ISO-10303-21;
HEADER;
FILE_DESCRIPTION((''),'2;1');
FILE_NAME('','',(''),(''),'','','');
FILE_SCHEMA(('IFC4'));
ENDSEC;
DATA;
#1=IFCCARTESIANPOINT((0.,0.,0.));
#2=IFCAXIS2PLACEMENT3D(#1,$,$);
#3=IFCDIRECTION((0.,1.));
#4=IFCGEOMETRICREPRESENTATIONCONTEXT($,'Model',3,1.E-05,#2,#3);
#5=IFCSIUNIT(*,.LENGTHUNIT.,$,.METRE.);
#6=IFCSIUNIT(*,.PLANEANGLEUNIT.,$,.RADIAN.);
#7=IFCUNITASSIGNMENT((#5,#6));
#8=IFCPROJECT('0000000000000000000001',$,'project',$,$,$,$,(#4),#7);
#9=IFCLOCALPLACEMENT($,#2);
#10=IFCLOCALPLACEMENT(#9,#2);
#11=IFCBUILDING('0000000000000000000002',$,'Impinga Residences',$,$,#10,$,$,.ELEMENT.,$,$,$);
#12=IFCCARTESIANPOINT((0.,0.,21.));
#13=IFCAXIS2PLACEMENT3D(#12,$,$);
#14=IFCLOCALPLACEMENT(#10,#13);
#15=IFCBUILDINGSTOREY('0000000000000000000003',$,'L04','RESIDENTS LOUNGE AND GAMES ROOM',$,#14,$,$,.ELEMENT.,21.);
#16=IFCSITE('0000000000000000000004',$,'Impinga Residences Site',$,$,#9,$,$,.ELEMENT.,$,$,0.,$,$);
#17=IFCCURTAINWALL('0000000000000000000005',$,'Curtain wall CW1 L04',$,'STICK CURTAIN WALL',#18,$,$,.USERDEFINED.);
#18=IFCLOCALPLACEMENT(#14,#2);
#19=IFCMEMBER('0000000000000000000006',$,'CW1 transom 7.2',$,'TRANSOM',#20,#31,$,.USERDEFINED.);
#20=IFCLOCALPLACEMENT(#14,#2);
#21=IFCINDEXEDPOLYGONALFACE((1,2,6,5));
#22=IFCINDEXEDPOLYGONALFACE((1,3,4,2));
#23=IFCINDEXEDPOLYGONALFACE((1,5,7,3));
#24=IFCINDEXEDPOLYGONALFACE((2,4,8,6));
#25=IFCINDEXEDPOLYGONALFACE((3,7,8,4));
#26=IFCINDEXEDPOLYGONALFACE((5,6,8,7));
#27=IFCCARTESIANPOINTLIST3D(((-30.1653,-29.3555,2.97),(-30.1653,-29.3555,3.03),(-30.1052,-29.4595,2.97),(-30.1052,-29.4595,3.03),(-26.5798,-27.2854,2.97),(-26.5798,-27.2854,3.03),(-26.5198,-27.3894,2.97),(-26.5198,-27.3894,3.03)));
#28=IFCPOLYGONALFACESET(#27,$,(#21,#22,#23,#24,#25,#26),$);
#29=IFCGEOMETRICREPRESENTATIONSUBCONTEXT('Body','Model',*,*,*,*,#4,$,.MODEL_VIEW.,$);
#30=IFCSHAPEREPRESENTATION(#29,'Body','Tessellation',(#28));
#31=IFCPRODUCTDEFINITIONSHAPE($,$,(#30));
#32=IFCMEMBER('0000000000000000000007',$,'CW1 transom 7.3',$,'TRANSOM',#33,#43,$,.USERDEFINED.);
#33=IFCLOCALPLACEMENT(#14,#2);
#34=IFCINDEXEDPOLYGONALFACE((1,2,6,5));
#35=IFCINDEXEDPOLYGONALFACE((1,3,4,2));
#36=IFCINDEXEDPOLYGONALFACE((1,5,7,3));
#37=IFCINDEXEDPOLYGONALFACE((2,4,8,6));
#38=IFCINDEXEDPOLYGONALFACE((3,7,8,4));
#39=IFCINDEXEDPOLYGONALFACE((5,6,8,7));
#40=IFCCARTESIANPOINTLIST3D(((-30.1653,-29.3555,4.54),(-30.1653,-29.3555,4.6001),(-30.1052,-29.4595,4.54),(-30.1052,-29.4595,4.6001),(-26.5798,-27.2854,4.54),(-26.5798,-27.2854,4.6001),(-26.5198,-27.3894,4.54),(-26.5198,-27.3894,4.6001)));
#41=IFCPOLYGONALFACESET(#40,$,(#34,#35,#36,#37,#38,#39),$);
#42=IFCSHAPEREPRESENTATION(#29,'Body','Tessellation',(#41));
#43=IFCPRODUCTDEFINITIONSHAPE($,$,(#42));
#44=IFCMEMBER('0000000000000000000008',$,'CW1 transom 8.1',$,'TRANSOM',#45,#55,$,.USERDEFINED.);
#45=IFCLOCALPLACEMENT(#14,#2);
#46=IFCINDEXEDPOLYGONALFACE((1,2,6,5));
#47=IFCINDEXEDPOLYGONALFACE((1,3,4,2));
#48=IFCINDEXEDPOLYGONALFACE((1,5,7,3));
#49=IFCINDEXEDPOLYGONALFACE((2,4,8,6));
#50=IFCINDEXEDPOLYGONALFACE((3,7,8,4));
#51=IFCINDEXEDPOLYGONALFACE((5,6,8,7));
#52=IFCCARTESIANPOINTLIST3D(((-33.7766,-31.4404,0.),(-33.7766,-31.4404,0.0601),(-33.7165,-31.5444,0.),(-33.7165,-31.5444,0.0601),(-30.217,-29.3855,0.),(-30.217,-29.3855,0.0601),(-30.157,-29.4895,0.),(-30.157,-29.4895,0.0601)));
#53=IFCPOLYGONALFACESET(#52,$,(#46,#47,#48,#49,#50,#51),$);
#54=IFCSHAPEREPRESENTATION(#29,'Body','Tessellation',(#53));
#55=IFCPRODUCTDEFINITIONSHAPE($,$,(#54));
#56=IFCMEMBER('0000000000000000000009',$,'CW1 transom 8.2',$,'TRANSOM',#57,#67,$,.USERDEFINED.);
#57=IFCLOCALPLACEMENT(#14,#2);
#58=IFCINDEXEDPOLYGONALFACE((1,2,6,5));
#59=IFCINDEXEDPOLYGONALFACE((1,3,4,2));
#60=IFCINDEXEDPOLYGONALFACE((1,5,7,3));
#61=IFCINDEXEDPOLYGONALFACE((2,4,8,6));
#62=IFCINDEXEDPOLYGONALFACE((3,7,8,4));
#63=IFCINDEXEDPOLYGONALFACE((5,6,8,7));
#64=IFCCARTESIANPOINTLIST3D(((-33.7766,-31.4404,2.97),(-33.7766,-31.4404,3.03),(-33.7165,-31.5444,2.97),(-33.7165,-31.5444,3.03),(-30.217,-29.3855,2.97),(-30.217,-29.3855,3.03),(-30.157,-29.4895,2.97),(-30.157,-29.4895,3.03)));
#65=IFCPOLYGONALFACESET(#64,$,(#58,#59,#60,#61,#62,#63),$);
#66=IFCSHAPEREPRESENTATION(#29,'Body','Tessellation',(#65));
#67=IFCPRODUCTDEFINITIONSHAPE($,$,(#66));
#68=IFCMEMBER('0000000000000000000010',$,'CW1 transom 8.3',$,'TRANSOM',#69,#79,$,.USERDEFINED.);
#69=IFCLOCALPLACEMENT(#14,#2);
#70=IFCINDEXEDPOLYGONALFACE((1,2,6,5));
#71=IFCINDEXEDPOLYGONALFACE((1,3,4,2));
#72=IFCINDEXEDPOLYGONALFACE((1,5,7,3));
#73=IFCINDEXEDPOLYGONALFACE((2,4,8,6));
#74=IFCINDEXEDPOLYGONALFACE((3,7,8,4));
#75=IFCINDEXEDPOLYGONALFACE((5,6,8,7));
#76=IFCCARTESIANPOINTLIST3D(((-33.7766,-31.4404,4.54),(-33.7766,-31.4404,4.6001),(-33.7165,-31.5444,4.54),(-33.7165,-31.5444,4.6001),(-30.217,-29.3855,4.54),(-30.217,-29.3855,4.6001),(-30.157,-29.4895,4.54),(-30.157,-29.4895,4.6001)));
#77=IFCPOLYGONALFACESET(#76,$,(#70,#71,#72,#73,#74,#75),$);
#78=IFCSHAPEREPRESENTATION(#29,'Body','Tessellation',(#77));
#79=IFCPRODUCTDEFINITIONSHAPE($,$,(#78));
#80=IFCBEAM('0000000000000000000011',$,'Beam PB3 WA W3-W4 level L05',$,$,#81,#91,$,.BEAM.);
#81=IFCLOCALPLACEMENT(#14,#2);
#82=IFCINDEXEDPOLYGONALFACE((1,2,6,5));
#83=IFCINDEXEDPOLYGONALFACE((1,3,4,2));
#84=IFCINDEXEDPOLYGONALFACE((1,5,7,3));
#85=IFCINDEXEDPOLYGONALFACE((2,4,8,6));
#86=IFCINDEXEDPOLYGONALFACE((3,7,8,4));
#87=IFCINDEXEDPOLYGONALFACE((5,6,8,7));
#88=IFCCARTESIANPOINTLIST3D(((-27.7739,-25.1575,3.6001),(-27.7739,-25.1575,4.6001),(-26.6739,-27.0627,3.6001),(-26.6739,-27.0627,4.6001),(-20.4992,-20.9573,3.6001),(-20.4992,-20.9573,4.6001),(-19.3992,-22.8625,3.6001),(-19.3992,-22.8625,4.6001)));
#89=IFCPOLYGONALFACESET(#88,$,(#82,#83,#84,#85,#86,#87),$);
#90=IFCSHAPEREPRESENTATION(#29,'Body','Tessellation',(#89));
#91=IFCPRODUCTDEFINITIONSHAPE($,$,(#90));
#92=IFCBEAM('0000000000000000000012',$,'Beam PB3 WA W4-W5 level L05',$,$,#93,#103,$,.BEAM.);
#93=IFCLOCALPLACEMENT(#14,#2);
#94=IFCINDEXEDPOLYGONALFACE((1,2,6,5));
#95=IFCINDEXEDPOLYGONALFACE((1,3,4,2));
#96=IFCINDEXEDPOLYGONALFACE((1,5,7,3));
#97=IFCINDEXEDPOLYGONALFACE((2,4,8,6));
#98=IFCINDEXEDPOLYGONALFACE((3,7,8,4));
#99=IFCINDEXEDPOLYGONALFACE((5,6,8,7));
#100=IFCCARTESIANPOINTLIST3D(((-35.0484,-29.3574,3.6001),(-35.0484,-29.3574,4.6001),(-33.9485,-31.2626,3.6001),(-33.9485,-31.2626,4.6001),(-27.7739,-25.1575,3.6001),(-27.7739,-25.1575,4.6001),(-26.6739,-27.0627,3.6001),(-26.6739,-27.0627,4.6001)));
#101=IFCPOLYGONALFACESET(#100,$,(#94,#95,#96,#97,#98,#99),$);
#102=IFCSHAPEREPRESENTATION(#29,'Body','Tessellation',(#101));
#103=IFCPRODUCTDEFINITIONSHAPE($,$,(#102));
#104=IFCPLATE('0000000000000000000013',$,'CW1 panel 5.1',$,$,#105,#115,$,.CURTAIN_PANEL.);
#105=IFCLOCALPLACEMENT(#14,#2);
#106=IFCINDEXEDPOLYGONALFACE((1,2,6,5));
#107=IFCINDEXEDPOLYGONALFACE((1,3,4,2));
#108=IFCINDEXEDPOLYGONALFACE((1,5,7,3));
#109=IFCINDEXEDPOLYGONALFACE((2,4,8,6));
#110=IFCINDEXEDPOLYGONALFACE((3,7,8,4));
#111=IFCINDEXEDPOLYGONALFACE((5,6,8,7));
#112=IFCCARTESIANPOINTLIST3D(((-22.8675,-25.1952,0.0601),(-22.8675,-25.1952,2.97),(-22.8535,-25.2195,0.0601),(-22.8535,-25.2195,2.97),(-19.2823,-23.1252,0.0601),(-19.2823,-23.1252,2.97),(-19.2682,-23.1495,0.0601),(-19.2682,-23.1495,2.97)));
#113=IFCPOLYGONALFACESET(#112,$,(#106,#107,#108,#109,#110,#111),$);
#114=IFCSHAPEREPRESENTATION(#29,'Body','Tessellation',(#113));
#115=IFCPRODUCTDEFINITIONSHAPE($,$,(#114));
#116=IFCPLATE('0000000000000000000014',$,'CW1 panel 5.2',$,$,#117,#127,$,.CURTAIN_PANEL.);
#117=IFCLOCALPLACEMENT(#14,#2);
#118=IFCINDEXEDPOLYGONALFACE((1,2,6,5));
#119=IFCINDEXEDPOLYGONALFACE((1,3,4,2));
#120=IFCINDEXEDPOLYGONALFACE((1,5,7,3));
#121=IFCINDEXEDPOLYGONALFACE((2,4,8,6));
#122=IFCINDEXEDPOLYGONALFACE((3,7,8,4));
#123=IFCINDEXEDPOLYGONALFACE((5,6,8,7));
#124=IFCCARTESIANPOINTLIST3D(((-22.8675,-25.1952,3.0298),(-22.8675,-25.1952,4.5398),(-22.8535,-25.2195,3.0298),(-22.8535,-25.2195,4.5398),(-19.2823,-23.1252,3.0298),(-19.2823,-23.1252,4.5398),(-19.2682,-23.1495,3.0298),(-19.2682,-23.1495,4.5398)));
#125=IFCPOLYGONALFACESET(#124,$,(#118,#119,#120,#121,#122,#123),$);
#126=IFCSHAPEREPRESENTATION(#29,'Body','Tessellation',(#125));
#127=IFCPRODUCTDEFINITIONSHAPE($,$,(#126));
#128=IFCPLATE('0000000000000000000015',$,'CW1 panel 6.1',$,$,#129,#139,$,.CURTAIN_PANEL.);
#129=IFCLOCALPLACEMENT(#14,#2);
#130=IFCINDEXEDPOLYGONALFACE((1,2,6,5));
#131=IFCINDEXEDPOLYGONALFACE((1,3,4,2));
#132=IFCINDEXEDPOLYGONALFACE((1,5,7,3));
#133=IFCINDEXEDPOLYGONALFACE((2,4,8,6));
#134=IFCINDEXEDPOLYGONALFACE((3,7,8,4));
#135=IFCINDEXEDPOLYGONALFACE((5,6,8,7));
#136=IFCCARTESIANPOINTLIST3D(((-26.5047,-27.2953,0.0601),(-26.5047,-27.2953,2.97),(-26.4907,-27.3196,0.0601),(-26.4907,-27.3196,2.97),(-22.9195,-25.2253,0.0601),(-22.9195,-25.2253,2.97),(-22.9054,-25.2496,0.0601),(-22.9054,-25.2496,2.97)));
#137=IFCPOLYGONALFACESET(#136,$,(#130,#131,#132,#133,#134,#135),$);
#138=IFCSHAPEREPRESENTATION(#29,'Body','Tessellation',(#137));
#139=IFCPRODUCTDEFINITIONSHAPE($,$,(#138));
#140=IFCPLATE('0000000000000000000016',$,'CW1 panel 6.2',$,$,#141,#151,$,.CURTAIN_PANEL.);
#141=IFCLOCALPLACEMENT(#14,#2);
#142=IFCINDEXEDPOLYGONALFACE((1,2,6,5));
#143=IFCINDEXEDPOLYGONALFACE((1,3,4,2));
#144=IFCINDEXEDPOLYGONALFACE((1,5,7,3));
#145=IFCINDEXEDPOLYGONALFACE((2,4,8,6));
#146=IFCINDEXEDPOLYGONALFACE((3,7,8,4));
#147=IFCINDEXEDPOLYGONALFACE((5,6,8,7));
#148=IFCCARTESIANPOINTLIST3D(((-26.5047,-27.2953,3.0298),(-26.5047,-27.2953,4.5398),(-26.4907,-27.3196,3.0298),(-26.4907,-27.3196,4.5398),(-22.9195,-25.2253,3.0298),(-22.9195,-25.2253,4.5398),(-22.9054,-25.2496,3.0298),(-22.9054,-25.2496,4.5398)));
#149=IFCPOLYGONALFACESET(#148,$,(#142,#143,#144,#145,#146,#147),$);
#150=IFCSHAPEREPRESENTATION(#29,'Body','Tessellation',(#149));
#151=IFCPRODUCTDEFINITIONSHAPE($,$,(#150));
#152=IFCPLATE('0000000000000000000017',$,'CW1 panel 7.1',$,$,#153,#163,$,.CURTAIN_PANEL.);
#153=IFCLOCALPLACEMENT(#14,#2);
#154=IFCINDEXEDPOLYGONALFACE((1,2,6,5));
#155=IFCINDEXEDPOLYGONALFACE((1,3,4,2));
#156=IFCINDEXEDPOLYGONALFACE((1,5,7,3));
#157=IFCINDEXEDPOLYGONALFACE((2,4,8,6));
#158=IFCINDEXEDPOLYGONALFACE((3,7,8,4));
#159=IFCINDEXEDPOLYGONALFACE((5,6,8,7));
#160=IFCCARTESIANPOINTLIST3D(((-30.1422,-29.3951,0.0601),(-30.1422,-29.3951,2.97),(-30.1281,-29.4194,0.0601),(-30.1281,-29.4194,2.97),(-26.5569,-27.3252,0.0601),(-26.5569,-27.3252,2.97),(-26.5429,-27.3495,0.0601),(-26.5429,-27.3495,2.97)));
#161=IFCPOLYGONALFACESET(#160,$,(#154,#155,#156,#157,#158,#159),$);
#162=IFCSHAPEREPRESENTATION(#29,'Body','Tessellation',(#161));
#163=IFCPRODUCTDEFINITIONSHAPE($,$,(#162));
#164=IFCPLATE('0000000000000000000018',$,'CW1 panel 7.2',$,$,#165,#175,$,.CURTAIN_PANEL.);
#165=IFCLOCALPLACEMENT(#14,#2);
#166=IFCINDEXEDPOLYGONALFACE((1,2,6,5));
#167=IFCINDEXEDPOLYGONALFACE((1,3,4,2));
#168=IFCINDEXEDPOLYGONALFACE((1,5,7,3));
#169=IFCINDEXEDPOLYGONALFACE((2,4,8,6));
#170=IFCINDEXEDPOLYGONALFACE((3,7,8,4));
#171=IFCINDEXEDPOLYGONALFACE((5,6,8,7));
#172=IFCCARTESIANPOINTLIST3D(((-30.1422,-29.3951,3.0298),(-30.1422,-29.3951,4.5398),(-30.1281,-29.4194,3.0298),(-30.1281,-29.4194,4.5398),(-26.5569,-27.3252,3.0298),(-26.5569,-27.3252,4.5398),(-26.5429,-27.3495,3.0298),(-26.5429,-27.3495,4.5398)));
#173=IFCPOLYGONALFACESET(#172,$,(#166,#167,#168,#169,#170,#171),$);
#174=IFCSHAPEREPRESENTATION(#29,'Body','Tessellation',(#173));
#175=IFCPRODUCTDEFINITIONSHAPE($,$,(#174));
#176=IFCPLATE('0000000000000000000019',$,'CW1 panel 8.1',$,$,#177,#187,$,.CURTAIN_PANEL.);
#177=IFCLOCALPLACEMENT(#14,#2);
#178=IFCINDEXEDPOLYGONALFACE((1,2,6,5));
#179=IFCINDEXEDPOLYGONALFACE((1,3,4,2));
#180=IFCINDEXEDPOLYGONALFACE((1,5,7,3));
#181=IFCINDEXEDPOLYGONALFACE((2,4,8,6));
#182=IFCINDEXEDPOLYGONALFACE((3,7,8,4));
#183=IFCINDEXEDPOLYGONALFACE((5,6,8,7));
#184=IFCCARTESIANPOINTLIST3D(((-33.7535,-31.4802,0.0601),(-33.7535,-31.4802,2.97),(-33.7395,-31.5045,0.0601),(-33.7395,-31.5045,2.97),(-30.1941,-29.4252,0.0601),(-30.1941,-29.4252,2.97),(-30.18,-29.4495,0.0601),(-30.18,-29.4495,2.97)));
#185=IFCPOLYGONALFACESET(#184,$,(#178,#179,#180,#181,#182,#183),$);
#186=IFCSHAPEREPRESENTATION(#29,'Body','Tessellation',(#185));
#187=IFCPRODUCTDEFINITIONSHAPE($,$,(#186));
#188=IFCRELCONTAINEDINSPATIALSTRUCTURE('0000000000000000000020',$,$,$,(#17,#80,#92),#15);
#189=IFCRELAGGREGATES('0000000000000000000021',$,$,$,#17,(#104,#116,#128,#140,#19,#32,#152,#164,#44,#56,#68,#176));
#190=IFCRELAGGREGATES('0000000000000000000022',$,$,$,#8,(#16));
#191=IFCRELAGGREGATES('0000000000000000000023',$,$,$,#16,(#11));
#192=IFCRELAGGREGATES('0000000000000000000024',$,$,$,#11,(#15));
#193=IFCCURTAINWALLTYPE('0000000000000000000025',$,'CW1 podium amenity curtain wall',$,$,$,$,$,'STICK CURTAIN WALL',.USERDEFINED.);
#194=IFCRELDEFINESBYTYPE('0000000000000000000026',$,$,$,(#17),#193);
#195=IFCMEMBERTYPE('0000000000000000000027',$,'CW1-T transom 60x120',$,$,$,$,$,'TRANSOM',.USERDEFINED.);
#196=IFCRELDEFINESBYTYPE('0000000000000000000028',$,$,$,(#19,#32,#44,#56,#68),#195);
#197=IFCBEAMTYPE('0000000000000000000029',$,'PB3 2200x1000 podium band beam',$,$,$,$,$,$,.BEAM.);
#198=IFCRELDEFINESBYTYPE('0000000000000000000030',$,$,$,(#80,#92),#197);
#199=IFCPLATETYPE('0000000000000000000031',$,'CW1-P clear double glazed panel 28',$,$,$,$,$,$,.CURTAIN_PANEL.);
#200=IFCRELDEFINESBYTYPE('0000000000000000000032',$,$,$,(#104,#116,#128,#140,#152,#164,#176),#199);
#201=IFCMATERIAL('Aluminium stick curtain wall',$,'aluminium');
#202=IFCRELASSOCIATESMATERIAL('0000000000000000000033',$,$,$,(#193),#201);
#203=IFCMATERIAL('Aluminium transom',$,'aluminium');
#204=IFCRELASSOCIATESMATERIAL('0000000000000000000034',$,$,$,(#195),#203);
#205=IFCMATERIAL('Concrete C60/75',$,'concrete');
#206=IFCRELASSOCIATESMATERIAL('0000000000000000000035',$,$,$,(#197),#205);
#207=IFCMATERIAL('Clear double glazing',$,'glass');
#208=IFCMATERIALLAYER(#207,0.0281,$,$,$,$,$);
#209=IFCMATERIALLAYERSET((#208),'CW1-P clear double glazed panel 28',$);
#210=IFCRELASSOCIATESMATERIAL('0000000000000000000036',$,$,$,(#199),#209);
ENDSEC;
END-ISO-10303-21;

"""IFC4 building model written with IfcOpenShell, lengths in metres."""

from ifc_helpers import new_model, si_unit, direction, frame, origin, origin_2d, place, context, subcontext, project, spatial, rectangle, extrude, material, layer, layer_set, material_profile, profile_set, type_object, element, aggregate, save


model = new_model("IFC4")

# Units and contexts
model_context = context("Model", 3, precision=1e-05, world=origin(), true_north=direction((0.0, 1.0)))
body_context = subcontext(model_context, "Body", "Model", "MODEL_VIEW")
ifc_project = project(units=[si_unit("LENGTHUNIT", "METRE"), si_unit("PLANEANGLEUNIT", "RADIAN")], contexts=[model_context])

# Site, building, storey
site_placement = place(None, origin())
site = spatial("IfcSite", under=ifc_project, at=site_placement, Name="Impinga Residences Site", CompositionType="ELEMENT", RefElevation=0.0)
building_placement = place(site_placement, origin())
building = spatial("IfcBuilding", under=site, at=building_placement, Name="Impinga Residences", CompositionType="ELEMENT")
storey_placement = place(building_placement, frame((0.0, 0.0, 21.0)))
storey = spatial("IfcBuildingStorey", under=building, at=storey_placement, Name="L04", Description="RESIDENTS LOUNGE AND GAMES ROOM", CompositionType="ELEMENT", Elevation=21.0)

# Shared definitions
ifc_material_1 = material(Name="Concrete C60/75", Category="concrete")

# Curtain wall, members
ifc_material_2 = material(Name="Aluminium stick curtain wall", Category="aluminium")
curtain_wall_type = type_object("IfcCurtainWallType", Name="CW1 podium amenity curtain wall", ElementType="STICK CURTAIN WALL", PredefinedType="USERDEFINED", material=ifc_material_2)
curtain_wall_placement = place(storey_placement, origin())
curtain_wall = element("IfcCurtainWall", 1, at=curtain_wall_placement, inside=storey, type_object=curtain_wall_type, Name="Curtain wall CW1 L04", ObjectType="STICK CURTAIN WALL", PredefinedType="USERDEFINED")
ifc_material_3 = material(Name="Aluminium transom", Category="aluminium")
ifc_material_profile_1 = material_profile(ifc_material_3, rectangle(XDim=0.0601, YDim=0.1201, at=origin_2d()), Name="60x120 transom")
ifc_profile_set_1 = profile_set([ifc_material_profile_1], Name="Aluminium transom")
member_type_1 = type_object("IfcMemberType", Name="CW1-T transom 60x120", ElementType="TRANSOM", PredefinedType="USERDEFINED", material=ifc_profile_set_1)
member_1_placement = place(storey_placement, frame((-26.5498, -27.3374, 3.0), z_axis=(-0.866025, -0.500002, 0.0), x_axis=(0.0, 0.0, 1.0)))
member_1 = element("IfcMember", 2, at=member_1_placement, type_object=member_type_1, Name="CW1 transom 7.2", ObjectType="TRANSOM", PredefinedType="USERDEFINED", context=body_context, shape_type="SweptSolid", body=[
    extrude(rectangle(XDim=0.0601, YDim=0.1201, at=origin_2d()), origin(), (0.0, 0.0, 1.0), 4.1401),
])
member_2_placement = place(storey_placement, frame((-26.5498, -27.3374, 4.5701), z_axis=(-0.866025, -0.500002, 0.0), x_axis=(0.0, 0.0, 1.0)))
member_2 = element("IfcMember", 3, at=member_2_placement, type_object=member_type_1, Name="CW1 transom 7.3", ObjectType="TRANSOM", PredefinedType="USERDEFINED", context=body_context, shape_type="SweptSolid", body=[
    extrude(rectangle(XDim=0.0601, YDim=0.1201, at=origin_2d()), origin(), (0.0, 0.0, 1.0), 4.1401),
])
member_3_placement = place(storey_placement, frame((-30.187, -29.4375, 0.03), z_axis=(-0.866045, -0.499966, 0.0), x_axis=(0.0, 0.0, 1.0)))
member_3 = element("IfcMember", 4, at=member_3_placement, type_object=member_type_1, Name="CW1 transom 8.1", ObjectType="TRANSOM", PredefinedType="USERDEFINED", context=body_context, shape_type="SweptSolid", body=[
    extrude(rectangle(XDim=0.0601, YDim=0.1201, at=origin_2d()), origin(), (0.0, 0.0, 1.0), 4.1101),
])
member_4_placement = place(storey_placement, frame((-30.187, -29.4375, 3.0), z_axis=(-0.866045, -0.499966, 0.0), x_axis=(0.0, 0.0, 1.0)))
member_4 = element("IfcMember", 5, at=member_4_placement, type_object=member_type_1, Name="CW1 transom 8.2", ObjectType="TRANSOM", PredefinedType="USERDEFINED", context=body_context, shape_type="SweptSolid", body=[
    extrude(rectangle(XDim=0.0601, YDim=0.1201, at=origin_2d()), origin(), (0.0, 0.0, 1.0), 4.1101),
])
member_5_placement = place(storey_placement, frame((-30.187, -29.4375, 4.5701), z_axis=(-0.866045, -0.499966, 0.0), x_axis=(0.0, 0.0, 1.0)))
member_5 = element("IfcMember", 6, at=member_5_placement, type_object=member_type_1, Name="CW1 transom 8.3", ObjectType="TRANSOM", PredefinedType="USERDEFINED", context=body_context, shape_type="SweptSolid", body=[
    extrude(rectangle(XDim=0.0601, YDim=0.1201, at=origin_2d()), origin(), (0.0, 0.0, 1.0), 4.1101),
])

# Beams
ifc_material_profile_2 = material_profile(ifc_material_1, rectangle(XDim=2.2, YDim=1.0, at=origin_2d()), Name="RC 2200x1000")
ifc_profile_set_2 = profile_set([ifc_material_profile_2], Name="Concrete C60/75")
beam_type_1 = type_object("IfcBeamType", Name="PB3 2200x1000 podium band beam", PredefinedType="BEAM", material=ifc_profile_set_2)
beam_1_placement = place(storey_placement, frame((-19.9492, -21.9099, 4.1001), z_axis=(-0.866017, -0.500015, 0.0), x_axis=(0.500015, -0.866017, 0.0)))
element("IfcBeam", 7, at=beam_1_placement, inside=storey, type_object=beam_type_1, Name="Beam PB3 WA W3-W4 level L05", PredefinedType="BEAM", context=body_context, shape_type="SweptSolid", body=[
    extrude(rectangle(XDim=2.2, YDim=1.0, at=origin_2d()), origin(), (0.0, 0.0, 1.0), 8.4001),
])
beam_2_placement = place(storey_placement, frame((-27.2239, -26.1101, 4.1001), z_axis=(-0.866029, -0.499993, 0.0), x_axis=(0.499993, -0.866029, 0.0)))
element("IfcBeam", 8, at=beam_2_placement, inside=storey, type_object=beam_type_1, Name="Beam PB3 WA W4-W5 level L05", PredefinedType="BEAM", context=body_context, shape_type="SweptSolid", body=[
    extrude(rectangle(XDim=2.2, YDim=1.0, at=origin_2d()), origin(), (0.0, 0.0, 1.0), 8.3999),
])

# Plates
ifc_material_4 = material(Name="Clear double glazing", Category="glass")
ifc_layer_1 = layer(ifc_material_4, 0.0281)
ifc_layer_set_1 = layer_set([ifc_layer_1], Name="CW1-P clear double glazed panel 28")
plate_type = type_object("IfcPlateType", Name="CW1-P clear double glazed panel 28", PredefinedType="CURTAIN_PANEL", material=ifc_layer_set_1)
plate_1_placement = place(storey_placement, frame((-21.0679, -24.1724, 0.0601), z_axis=(0.0, 0.0, 1.0), x_axis=(-0.866025, -0.5, 0.0)))
plate_1 = element("IfcPlate", 9, at=plate_1_placement, type_object=plate_type, Name="CW1 panel 5.1", PredefinedType="CURTAIN_PANEL", context=body_context, shape_type="SweptSolid", body=[
    extrude(rectangle(XDim=4.1399, YDim=0.0281, at=origin_2d()), origin(), (0.0, 0.0, 1.0), 2.9099),
])
plate_2_placement = place(storey_placement, frame((-21.0679, -24.1724, 3.0298), z_axis=(0.0, 0.0, 1.0), x_axis=(-0.866025, -0.5, 0.0)))
plate_2 = element("IfcPlate", 10, at=plate_2_placement, type_object=plate_type, Name="CW1 panel 5.2", PredefinedType="CURTAIN_PANEL", context=body_context, shape_type="SweptSolid", body=[
    extrude(rectangle(XDim=4.1399, YDim=0.0281, at=origin_2d()), origin(), (0.0, 0.0, 1.0), 1.51),
])
plate_3_placement = place(storey_placement, frame((-24.7051, -26.2725, 0.0601), z_axis=(0.0, 0.0, 1.0), x_axis=(-0.866025, -0.5, 0.0)))
plate_3 = element("IfcPlate", 11, at=plate_3_placement, type_object=plate_type, Name="CW1 panel 6.1", PredefinedType="CURTAIN_PANEL", context=body_context, shape_type="SweptSolid", body=[
    extrude(rectangle(XDim=4.1399, YDim=0.0281, at=origin_2d()), origin(), (0.0, 0.0, 1.0), 2.9099),
])
plate_4_placement = place(storey_placement, frame((-24.7051, -26.2725, 3.0298), z_axis=(0.0, 0.0, 1.0), x_axis=(-0.866025, -0.5, 0.0)))
plate_4 = element("IfcPlate", 12, at=plate_4_placement, type_object=plate_type, Name="CW1 panel 6.2", PredefinedType="CURTAIN_PANEL", context=body_context, shape_type="SweptSolid", body=[
    extrude(rectangle(XDim=4.1399, YDim=0.0281, at=origin_2d()), origin(), (0.0, 0.0, 1.0), 1.51),
])
plate_5_placement = place(storey_placement, frame((-28.3425, -28.3723, 0.0601), z_axis=(0.0, 0.0, 1.0), x_axis=(-0.866025, -0.5, 0.0)))
plate_5 = element("IfcPlate", 13, at=plate_5_placement, type_object=plate_type, Name="CW1 panel 7.1", PredefinedType="CURTAIN_PANEL", context=body_context, shape_type="SweptSolid", body=[
    extrude(rectangle(XDim=4.1399, YDim=0.0281, at=origin_2d()), origin(), (0.0, 0.0, 1.0), 2.9099),
])
plate_6_placement = place(storey_placement, frame((-28.3425, -28.3723, 3.0298), z_axis=(0.0, 0.0, 1.0), x_axis=(-0.866025, -0.5, 0.0)))
plate_6 = element("IfcPlate", 14, at=plate_6_placement, type_object=plate_type, Name="CW1 panel 7.2", PredefinedType="CURTAIN_PANEL", context=body_context, shape_type="SweptSolid", body=[
    extrude(rectangle(XDim=4.1399, YDim=0.0281, at=origin_2d()), origin(), (0.0, 0.0, 1.0), 1.51),
])
plate_7_placement = place(storey_placement, frame((-31.9668, -30.4648, 0.0601), z_axis=(0.0, 0.0, 1.0), x_axis=(-0.866025, -0.5, 0.0)))
plate_7 = element("IfcPlate", 15, at=plate_7_placement, type_object=plate_type, Name="CW1 panel 8.1", PredefinedType="CURTAIN_PANEL", context=body_context, shape_type="SweptSolid", body=[
    extrude(rectangle(XDim=4.1101, YDim=0.0281, at=origin_2d()), origin(), (0.0, 0.0, 1.0), 2.9099),
])
aggregate(curtain_wall, [plate_1, plate_2, plate_3, plate_4, member_1, member_2, plate_5, plate_6, member_3, member_4, member_5, plate_7])

save(model, "model.ifc")
